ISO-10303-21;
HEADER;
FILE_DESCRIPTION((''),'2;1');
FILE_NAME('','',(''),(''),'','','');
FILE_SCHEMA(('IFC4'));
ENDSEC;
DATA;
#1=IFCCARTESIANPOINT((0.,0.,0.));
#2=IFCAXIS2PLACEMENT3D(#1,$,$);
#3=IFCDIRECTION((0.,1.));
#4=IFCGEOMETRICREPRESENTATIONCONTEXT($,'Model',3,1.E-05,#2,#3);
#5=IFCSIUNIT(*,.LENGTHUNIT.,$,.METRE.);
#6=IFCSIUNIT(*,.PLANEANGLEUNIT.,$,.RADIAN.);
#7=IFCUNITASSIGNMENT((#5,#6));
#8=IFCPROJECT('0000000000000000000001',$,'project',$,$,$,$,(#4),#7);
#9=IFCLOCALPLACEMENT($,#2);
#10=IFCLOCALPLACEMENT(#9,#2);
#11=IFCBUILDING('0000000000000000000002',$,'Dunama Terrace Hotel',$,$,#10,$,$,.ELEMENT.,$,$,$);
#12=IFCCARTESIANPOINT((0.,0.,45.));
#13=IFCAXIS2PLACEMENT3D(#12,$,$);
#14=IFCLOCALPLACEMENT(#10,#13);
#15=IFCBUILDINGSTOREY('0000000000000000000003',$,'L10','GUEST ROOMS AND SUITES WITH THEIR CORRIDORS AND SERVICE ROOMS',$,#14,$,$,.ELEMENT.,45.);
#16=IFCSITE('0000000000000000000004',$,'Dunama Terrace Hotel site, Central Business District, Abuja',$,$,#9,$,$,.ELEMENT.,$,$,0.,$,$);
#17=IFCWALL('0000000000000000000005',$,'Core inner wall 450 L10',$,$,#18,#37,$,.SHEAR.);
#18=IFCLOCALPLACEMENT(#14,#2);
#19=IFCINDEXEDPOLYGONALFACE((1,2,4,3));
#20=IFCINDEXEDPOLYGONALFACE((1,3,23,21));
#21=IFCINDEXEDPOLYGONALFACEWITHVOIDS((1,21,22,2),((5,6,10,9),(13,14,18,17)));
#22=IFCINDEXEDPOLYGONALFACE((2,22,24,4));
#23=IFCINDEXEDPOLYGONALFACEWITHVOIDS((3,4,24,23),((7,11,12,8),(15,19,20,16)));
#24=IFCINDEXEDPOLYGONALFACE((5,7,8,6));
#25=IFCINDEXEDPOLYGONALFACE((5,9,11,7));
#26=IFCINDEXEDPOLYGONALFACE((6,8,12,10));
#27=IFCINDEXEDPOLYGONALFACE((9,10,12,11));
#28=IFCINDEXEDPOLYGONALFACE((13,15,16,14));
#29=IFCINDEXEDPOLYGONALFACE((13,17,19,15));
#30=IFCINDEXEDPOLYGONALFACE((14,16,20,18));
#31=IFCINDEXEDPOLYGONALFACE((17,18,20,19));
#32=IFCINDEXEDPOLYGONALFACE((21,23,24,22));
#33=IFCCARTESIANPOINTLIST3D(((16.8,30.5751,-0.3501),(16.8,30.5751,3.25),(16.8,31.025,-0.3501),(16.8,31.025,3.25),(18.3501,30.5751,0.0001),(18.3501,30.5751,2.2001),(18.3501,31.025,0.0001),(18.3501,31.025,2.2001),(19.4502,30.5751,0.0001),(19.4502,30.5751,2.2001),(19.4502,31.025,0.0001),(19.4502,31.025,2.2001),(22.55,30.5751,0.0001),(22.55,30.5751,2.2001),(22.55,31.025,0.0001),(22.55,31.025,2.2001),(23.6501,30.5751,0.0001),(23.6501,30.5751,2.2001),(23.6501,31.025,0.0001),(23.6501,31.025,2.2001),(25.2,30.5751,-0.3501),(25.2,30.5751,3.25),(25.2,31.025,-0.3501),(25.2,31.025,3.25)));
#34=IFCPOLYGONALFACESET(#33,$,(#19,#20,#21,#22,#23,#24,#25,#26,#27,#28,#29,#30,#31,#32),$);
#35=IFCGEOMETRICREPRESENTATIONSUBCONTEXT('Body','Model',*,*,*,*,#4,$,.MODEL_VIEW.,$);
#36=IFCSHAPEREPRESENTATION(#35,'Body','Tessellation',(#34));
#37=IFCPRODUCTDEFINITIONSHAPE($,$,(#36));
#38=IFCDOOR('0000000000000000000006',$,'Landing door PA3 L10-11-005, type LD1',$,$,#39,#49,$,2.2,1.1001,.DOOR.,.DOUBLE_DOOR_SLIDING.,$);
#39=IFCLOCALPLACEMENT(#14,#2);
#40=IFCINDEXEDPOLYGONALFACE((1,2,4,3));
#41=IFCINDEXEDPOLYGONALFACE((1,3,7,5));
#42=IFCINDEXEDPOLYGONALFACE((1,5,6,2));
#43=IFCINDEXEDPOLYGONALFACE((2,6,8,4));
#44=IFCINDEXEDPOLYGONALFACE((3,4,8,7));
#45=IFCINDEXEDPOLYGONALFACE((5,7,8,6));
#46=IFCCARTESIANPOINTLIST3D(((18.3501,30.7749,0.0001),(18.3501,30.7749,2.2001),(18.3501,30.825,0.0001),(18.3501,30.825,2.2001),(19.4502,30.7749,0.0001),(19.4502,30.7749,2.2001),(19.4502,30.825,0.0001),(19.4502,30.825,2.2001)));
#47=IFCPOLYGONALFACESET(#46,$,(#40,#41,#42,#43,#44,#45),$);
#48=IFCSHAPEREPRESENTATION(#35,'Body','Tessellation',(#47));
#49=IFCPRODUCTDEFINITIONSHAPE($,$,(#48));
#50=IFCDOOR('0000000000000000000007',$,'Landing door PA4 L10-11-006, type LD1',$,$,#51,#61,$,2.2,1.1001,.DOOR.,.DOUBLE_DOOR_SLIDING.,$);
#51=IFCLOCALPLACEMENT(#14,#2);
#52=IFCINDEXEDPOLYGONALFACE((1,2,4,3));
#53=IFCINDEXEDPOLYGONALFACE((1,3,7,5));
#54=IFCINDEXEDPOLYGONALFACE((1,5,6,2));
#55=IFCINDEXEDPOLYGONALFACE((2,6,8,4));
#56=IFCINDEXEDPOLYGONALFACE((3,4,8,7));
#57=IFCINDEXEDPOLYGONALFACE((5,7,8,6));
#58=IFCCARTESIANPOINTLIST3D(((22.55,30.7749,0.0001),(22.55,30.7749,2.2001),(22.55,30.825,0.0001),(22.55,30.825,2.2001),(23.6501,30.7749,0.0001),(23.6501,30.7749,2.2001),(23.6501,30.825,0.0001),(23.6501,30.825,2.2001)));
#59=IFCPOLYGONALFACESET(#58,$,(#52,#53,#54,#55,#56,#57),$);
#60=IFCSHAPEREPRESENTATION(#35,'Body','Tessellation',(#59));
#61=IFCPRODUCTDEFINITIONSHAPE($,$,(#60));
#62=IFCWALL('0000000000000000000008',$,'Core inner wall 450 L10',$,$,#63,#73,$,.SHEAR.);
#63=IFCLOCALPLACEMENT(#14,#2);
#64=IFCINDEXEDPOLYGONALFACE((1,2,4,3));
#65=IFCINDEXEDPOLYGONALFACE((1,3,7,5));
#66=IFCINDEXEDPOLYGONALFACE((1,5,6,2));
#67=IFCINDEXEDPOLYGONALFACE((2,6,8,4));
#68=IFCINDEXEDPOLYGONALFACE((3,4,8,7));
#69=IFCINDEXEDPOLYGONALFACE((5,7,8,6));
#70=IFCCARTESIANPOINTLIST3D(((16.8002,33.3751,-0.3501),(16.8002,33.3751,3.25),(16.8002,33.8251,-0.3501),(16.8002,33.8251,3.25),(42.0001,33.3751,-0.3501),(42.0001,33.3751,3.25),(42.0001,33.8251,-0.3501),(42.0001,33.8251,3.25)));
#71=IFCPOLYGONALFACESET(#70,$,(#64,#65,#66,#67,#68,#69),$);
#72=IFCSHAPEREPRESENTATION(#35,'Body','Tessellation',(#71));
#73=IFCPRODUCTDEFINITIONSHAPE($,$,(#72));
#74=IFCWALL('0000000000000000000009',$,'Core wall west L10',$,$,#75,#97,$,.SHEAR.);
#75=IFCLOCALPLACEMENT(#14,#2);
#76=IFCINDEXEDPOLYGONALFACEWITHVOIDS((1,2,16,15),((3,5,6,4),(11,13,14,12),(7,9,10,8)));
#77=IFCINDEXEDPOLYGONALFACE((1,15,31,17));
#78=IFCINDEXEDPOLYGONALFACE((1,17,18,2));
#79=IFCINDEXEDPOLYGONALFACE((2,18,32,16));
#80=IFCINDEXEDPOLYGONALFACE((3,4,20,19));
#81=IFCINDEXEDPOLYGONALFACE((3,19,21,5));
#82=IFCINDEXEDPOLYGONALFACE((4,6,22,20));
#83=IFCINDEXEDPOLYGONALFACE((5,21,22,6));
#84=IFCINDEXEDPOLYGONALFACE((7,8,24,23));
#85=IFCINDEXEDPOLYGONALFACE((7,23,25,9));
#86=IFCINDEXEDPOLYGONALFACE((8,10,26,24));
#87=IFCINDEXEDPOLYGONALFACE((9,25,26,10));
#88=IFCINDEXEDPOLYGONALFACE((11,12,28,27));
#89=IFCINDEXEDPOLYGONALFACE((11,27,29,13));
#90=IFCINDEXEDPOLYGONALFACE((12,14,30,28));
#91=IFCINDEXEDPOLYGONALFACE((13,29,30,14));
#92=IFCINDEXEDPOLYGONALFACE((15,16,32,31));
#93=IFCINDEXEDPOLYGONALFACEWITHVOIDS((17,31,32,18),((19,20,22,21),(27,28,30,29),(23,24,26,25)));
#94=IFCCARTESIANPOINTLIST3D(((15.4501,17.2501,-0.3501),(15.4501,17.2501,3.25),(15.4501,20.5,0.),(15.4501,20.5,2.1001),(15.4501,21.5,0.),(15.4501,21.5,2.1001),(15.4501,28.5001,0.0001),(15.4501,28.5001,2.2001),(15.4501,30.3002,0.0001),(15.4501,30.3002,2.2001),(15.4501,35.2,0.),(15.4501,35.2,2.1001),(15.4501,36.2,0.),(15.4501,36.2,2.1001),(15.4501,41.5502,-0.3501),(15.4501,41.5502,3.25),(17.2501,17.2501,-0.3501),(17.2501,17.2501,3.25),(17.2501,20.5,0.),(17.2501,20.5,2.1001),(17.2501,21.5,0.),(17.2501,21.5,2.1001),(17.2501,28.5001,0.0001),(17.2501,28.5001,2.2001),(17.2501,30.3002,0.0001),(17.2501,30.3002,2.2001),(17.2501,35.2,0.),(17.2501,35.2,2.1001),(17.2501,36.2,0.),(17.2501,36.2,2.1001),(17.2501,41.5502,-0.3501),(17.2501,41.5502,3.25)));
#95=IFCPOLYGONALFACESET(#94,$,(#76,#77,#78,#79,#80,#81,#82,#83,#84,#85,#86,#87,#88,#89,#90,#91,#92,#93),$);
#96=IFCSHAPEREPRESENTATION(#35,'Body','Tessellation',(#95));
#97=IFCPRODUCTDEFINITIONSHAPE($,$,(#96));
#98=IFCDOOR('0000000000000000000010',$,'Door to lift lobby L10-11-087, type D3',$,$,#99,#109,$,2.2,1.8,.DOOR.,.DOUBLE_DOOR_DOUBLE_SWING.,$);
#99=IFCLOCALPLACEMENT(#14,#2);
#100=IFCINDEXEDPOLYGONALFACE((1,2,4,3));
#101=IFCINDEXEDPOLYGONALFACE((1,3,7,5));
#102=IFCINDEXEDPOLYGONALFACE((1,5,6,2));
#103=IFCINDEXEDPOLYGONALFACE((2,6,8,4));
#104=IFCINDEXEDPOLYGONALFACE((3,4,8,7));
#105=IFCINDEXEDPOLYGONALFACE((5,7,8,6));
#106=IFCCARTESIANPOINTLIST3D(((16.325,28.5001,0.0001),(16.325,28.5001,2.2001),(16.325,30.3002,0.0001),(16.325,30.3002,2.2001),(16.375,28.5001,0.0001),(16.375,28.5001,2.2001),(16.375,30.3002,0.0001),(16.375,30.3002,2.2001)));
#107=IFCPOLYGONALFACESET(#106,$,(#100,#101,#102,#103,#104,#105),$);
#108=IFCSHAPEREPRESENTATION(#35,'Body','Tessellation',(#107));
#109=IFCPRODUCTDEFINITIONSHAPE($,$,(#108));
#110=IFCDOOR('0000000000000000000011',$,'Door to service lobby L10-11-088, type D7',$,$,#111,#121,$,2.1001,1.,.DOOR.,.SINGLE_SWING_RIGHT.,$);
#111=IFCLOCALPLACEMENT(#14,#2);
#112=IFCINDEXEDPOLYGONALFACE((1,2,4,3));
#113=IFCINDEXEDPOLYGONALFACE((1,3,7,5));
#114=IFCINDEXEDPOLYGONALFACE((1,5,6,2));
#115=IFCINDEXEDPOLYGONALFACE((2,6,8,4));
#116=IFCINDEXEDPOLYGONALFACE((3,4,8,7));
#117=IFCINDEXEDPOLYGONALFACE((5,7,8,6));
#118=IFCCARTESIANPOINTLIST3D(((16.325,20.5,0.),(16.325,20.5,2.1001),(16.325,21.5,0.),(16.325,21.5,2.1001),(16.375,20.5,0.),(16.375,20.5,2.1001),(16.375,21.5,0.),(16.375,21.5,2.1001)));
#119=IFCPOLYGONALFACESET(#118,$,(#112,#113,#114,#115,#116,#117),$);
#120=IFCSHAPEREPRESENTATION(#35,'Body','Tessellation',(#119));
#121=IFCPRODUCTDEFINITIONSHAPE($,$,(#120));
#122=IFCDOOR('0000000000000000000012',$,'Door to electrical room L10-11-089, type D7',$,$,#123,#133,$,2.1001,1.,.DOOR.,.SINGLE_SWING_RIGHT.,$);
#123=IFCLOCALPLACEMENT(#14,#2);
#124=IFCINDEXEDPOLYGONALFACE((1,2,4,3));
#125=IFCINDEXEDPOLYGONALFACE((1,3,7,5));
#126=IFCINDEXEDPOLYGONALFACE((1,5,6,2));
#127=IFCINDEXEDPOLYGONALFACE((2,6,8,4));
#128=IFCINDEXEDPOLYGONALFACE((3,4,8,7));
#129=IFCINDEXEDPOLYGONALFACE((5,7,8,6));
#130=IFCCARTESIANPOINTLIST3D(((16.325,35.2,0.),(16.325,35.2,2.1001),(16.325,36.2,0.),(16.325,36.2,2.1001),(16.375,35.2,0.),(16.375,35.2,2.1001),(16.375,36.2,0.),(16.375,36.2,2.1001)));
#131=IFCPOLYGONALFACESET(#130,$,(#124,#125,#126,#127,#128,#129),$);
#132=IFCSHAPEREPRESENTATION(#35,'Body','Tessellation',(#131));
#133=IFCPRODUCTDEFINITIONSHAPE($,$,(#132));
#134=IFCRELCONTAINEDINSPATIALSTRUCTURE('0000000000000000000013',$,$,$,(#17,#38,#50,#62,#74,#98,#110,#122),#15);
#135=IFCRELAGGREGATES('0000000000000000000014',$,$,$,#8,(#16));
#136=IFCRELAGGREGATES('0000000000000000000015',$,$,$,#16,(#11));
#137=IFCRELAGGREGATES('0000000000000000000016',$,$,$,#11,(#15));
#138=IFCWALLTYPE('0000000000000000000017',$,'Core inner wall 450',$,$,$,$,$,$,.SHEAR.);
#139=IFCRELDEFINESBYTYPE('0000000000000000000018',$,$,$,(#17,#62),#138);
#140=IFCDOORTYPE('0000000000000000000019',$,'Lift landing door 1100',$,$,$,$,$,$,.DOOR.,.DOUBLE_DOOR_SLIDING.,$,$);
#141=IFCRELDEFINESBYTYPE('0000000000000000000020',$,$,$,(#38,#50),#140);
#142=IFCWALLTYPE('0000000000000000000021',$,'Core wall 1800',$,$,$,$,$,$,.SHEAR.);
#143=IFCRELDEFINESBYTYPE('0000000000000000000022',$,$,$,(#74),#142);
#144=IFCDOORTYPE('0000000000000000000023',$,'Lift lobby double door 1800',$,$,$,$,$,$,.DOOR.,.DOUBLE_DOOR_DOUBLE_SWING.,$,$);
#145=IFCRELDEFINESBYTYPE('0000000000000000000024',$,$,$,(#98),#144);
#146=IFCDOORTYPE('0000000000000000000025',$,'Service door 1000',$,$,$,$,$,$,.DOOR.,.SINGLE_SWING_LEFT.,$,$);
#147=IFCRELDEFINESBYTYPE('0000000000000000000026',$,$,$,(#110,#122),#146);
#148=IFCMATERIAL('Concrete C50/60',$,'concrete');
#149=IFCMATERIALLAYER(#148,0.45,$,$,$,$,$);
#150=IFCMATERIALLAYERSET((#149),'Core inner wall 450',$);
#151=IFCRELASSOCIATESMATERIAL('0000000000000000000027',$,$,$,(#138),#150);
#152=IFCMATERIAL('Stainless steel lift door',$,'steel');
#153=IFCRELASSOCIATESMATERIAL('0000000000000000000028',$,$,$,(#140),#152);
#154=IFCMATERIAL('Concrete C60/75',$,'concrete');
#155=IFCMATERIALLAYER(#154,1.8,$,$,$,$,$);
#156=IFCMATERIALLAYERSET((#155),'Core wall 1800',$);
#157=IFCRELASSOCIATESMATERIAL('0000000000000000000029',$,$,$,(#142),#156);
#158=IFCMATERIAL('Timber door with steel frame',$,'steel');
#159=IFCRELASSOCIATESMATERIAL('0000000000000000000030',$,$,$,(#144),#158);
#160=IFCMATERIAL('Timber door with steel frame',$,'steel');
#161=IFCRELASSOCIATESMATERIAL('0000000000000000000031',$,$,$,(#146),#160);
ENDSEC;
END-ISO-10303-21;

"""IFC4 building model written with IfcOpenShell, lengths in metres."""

from ifc_helpers import new_model, si_unit, direction, frame, frame_2d, origin, place, context, subcontext, project, spatial, rectangle, extrude, material, layer, layer_set, type_object, element, fill, save


model = new_model("IFC4")

# Units and contexts
model_context = context("Model", 3, precision=1e-05, world=origin(), true_north=direction((0.0, 1.0)))
body_context = subcontext(model_context, "Body", "Model", "MODEL_VIEW")
ifc_project = project(units=[si_unit("LENGTHUNIT", "METRE"), si_unit("PLANEANGLEUNIT", "RADIAN")], contexts=[model_context])

# Site, building, storey
site_placement = place(None, origin())
site = spatial("IfcSite", under=ifc_project, at=site_placement, Name="Dunama Terrace Hotel site, Central Business District, Abuja", CompositionType="ELEMENT", RefElevation=0.0)
building_placement = place(site_placement, origin())
building = spatial("IfcBuilding", under=site, at=building_placement, Name="Dunama Terrace Hotel", CompositionType="ELEMENT")
storey_placement = place(building_placement, frame((0.0, 0.0, 45.0)))
storey = spatial("IfcBuildingStorey", under=building, at=storey_placement, Name="L10", Description="GUEST ROOMS AND SUITES WITH THEIR CORRIDORS AND SERVICE ROOMS", CompositionType="ELEMENT", Elevation=45.0)

# Wall, openings, doors
ifc_material_1 = material(Name="Concrete C50/60", Category="concrete")
ifc_layer_1 = layer(ifc_material_1, 0.45)
ifc_layer_set_1 = layer_set([ifc_layer_1], Name="Core inner wall 450")
wall_type_1 = type_object("IfcWallType", Name="Core inner wall 450", PredefinedType="SHEAR", material=ifc_layer_set_1)
ifc_material_2 = material(Name="Stainless steel lift door", Category="steel")
door_type_1 = type_object("IfcDoorType", Name="Lift landing door 1100", OperationType="DOUBLE_DOOR_SLIDING", PredefinedType="DOOR", material=ifc_material_2)
wall_1_placement = place(storey_placement, frame((16.8, 30.8, -0.3501), z_axis=(0.0, 0.0, 1.0), x_axis=(1.0, 0.0, 0.0)))
wall_1 = element("IfcWall", 1, at=wall_1_placement, inside=storey, type_object=wall_type_1, Name="Core inner wall 450 L10", PredefinedType="SHEAR", context=body_context, shape_type="SweptSolid", body=[
    extrude(rectangle(XDim=8.3999, YDim=0.45, at=frame_2d((4.2, 0.0))), origin(), (0.0, 0.0, 1.0), 3.6001),
])
opening_1_placement = place(wall_1_placement, frame((1.55, 0.0, 0.3501)))
opening_1 = element("IfcOpeningElement", 2, at=opening_1_placement, cuts=wall_1, PredefinedType="OPENING", context=body_context, shape_type="SweptSolid", body=[
    extrude(rectangle(XDim=1.1001, YDim=2.2, at=frame_2d((0.55, 1.1001))), frame((0.0, 0.2349, 0.0), z_axis=(0.0, -1.0, 0.0), x_axis=(1.0, 0.0, 0.0)), (0.0, 0.0, 1.0), 0.47),
])
opening_2_placement = place(wall_1_placement, frame((5.75, 0.0, 0.3501)))
opening_2 = element("IfcOpeningElement", 3, at=opening_2_placement, cuts=wall_1, PredefinedType="OPENING", context=body_context, shape_type="SweptSolid", body=[
    extrude(rectangle(XDim=1.1001, YDim=2.2, at=frame_2d((0.55, 1.1001))), frame((0.0, 0.2349, 0.0), z_axis=(0.0, -1.0, 0.0), x_axis=(1.0, 0.0, 0.0)), (0.0, 0.0, 1.0), 0.47),
])
door_1_placement = place(opening_1_placement, origin())
door_1 = element("IfcDoor", 4, at=door_1_placement, inside=storey, type_object=door_type_1, Name="Landing door PA3 L10-11-005, type LD1", OperationType="DOUBLE_DOOR_SLIDING", OverallHeight=2.2, OverallWidth=1.1001, PredefinedType="DOOR", context=body_context, shape_type="SweptSolid", body=[
    extrude(rectangle(XDim=1.1001, YDim=2.2, at=frame_2d((0.55, 1.1001))), frame((0.0, 0.0249, 0.0), z_axis=(0.0, -1.0, 0.0), x_axis=(1.0, 0.0, 0.0)), (0.0, 0.0, 1.0), 0.05),
])
fill(opening_1, door_1)
door_2_placement = place(opening_2_placement, origin())
door_2 = element("IfcDoor", 5, at=door_2_placement, inside=storey, type_object=door_type_1, Name="Landing door PA4 L10-11-006, type LD1", OperationType="DOUBLE_DOOR_SLIDING", OverallHeight=2.2, OverallWidth=1.1001, PredefinedType="DOOR", context=body_context, shape_type="SweptSolid", body=[
    extrude(rectangle(XDim=1.1001, YDim=2.2, at=frame_2d((0.55, 1.1001))), frame((0.0, 0.0249, 0.0), z_axis=(0.0, -1.0, 0.0), x_axis=(1.0, 0.0, 0.0)), (0.0, 0.0, 1.0), 0.05),
])
fill(opening_2, door_2)

# Wall
wall_2_placement = place(storey_placement, frame((16.8, 33.6001, -0.3501), z_axis=(0.0, 0.0, 1.0), x_axis=(1.0, 0.0, 0.0)))
element("IfcWall", 6, at=wall_2_placement, inside=storey, type_object=wall_type_1, Name="Core inner wall 450 L10", PredefinedType="SHEAR", context=body_context, shape_type="SweptSolid", body=[
    extrude(rectangle(XDim=25.2, YDim=0.45, at=frame_2d((12.6001, 0.0))), origin(), (0.0, 0.0, 1.0), 3.6001),
])

# Wall, openings, doors
ifc_material_3 = material(Name="Concrete C60/75", Category="concrete")
ifc_layer_2 = layer(ifc_material_3, 1.8)
ifc_layer_set_2 = layer_set([ifc_layer_2], Name="Core wall 1800")
wall_type_2 = type_object("IfcWallType", Name="Core wall 1800", PredefinedType="SHEAR", material=ifc_layer_set_2)
wall_3_placement = place(storey_placement, frame((16.3501, 41.55, -0.3501), z_axis=(0.0, 0.0, 1.0), x_axis=(0.0, -1.0, 0.0)))
wall_3 = element("IfcWall", 7, at=wall_3_placement, inside=storey, type_object=wall_type_2, Name="Core wall west L10", PredefinedType="SHEAR", context=body_context, shape_type="SweptSolid", body=[
    extrude(rectangle(XDim=24.3, YDim=1.8, at=frame_2d((12.1499, 0.0))), origin(), (0.0, 0.0, 1.0), 3.6001),
])
opening_3_placement = place(wall_3_placement, frame((11.25, 0.0, 0.3501)))
opening_3 = element("IfcOpeningElement", 8, at=opening_3_placement, cuts=wall_3, PredefinedType="OPENING", context=body_context, shape_type="SweptSolid", body=[
    extrude(rectangle(XDim=1.8, YDim=2.2, at=frame_2d((0.8999, 1.1001))), frame((0.0, 0.9099, 0.0), z_axis=(0.0, -1.0, 0.0), x_axis=(1.0, 0.0, 0.0)), (0.0, 0.0, 1.0), 1.8201),
])
opening_4_placement = place(wall_3_placement, frame((20.05, 0.0, 0.3501)))
opening_4 = element("IfcOpeningElement", 9, at=opening_4_placement, cuts=wall_3, PredefinedType="OPENING", context=body_context, shape_type="SweptSolid", body=[
    extrude(rectangle(XDim=1.0, YDim=2.1001, at=frame_2d((0.5, 1.05))), frame((0.0, 0.9099, 0.0), z_axis=(0.0, -1.0, 0.0), x_axis=(1.0, 0.0, 0.0)), (0.0, 0.0, 1.0), 1.8201),
])
opening_5_placement = place(wall_3_placement, frame((5.3501, 0.0, 0.3501)))
opening_5 = element("IfcOpeningElement", 10, at=opening_5_placement, cuts=wall_3, PredefinedType="OPENING", context=body_context, shape_type="SweptSolid", body=[
    extrude(rectangle(XDim=1.0, YDim=2.1001, at=frame_2d((0.5, 1.05))), frame((0.0, 0.9099, 0.0), z_axis=(0.0, -1.0, 0.0), x_axis=(1.0, 0.0, 0.0)), (0.0, 0.0, 1.0), 1.8201),
])
ifc_material_4 = material(Name="Timber door with steel frame", Category="steel")
door_type_2 = type_object("IfcDoorType", Name="Lift lobby double door 1800", OperationType="DOUBLE_DOOR_DOUBLE_SWING", PredefinedType="DOOR", material=ifc_material_4)
door_3_placement = place(opening_3_placement, origin())
door_3 = element("IfcDoor", 11, at=door_3_placement, inside=storey, type_object=door_type_2, Name="Door to lift lobby L10-11-087, type D3", OperationType="DOUBLE_DOOR_DOUBLE_SWING", OverallHeight=2.2, OverallWidth=1.8, PredefinedType="DOOR", context=body_context, shape_type="SweptSolid", body=[
    extrude(rectangle(XDim=1.8, YDim=2.2, at=frame_2d((0.8999, 1.1001))), frame((0.0, 0.0249, 0.0), z_axis=(0.0, -1.0, 0.0), x_axis=(1.0, 0.0, 0.0)), (0.0, 0.0, 1.0), 0.05),
])
fill(opening_3, door_3)
ifc_material_5 = material(Name="Timber door with steel frame", Category="steel")
door_type_3 = type_object("IfcDoorType", Name="Service door 1000", OperationType="SINGLE_SWING_LEFT", PredefinedType="DOOR", material=ifc_material_5)
door_4_placement = place(opening_4_placement, origin())
door_4 = element("IfcDoor", 12, at=door_4_placement, inside=storey, type_object=door_type_3, Name="Door to service lobby L10-11-088, type D7", OperationType="SINGLE_SWING_RIGHT", OverallHeight=2.1001, OverallWidth=1.0, PredefinedType="DOOR", context=body_context, shape_type="SweptSolid", body=[
    extrude(rectangle(XDim=1.0, YDim=2.1001, at=frame_2d((0.5, 1.05))), frame((0.0, 0.0249, 0.0), z_axis=(0.0, -1.0, 0.0), x_axis=(1.0, 0.0, 0.0)), (0.0, 0.0, 1.0), 0.05),
])
fill(opening_4, door_4)
door_5_placement = place(opening_5_placement, origin())
door_5 = element("IfcDoor", 13, at=door_5_placement, inside=storey, type_object=door_type_3, Name="Door to electrical room L10-11-089, type D7", OperationType="SINGLE_SWING_RIGHT", OverallHeight=2.1001, OverallWidth=1.0, PredefinedType="DOOR", context=body_context, shape_type="SweptSolid", body=[
    extrude(rectangle(XDim=1.0, YDim=2.1001, at=frame_2d((0.5, 1.05))), frame((0.0, 0.0249, 0.0), z_axis=(0.0, -1.0, 0.0), x_axis=(1.0, 0.0, 0.0)), (0.0, 0.0, 1.0), 0.05),
])
fill(opening_5, door_5)

save(model, "model.ifc")
